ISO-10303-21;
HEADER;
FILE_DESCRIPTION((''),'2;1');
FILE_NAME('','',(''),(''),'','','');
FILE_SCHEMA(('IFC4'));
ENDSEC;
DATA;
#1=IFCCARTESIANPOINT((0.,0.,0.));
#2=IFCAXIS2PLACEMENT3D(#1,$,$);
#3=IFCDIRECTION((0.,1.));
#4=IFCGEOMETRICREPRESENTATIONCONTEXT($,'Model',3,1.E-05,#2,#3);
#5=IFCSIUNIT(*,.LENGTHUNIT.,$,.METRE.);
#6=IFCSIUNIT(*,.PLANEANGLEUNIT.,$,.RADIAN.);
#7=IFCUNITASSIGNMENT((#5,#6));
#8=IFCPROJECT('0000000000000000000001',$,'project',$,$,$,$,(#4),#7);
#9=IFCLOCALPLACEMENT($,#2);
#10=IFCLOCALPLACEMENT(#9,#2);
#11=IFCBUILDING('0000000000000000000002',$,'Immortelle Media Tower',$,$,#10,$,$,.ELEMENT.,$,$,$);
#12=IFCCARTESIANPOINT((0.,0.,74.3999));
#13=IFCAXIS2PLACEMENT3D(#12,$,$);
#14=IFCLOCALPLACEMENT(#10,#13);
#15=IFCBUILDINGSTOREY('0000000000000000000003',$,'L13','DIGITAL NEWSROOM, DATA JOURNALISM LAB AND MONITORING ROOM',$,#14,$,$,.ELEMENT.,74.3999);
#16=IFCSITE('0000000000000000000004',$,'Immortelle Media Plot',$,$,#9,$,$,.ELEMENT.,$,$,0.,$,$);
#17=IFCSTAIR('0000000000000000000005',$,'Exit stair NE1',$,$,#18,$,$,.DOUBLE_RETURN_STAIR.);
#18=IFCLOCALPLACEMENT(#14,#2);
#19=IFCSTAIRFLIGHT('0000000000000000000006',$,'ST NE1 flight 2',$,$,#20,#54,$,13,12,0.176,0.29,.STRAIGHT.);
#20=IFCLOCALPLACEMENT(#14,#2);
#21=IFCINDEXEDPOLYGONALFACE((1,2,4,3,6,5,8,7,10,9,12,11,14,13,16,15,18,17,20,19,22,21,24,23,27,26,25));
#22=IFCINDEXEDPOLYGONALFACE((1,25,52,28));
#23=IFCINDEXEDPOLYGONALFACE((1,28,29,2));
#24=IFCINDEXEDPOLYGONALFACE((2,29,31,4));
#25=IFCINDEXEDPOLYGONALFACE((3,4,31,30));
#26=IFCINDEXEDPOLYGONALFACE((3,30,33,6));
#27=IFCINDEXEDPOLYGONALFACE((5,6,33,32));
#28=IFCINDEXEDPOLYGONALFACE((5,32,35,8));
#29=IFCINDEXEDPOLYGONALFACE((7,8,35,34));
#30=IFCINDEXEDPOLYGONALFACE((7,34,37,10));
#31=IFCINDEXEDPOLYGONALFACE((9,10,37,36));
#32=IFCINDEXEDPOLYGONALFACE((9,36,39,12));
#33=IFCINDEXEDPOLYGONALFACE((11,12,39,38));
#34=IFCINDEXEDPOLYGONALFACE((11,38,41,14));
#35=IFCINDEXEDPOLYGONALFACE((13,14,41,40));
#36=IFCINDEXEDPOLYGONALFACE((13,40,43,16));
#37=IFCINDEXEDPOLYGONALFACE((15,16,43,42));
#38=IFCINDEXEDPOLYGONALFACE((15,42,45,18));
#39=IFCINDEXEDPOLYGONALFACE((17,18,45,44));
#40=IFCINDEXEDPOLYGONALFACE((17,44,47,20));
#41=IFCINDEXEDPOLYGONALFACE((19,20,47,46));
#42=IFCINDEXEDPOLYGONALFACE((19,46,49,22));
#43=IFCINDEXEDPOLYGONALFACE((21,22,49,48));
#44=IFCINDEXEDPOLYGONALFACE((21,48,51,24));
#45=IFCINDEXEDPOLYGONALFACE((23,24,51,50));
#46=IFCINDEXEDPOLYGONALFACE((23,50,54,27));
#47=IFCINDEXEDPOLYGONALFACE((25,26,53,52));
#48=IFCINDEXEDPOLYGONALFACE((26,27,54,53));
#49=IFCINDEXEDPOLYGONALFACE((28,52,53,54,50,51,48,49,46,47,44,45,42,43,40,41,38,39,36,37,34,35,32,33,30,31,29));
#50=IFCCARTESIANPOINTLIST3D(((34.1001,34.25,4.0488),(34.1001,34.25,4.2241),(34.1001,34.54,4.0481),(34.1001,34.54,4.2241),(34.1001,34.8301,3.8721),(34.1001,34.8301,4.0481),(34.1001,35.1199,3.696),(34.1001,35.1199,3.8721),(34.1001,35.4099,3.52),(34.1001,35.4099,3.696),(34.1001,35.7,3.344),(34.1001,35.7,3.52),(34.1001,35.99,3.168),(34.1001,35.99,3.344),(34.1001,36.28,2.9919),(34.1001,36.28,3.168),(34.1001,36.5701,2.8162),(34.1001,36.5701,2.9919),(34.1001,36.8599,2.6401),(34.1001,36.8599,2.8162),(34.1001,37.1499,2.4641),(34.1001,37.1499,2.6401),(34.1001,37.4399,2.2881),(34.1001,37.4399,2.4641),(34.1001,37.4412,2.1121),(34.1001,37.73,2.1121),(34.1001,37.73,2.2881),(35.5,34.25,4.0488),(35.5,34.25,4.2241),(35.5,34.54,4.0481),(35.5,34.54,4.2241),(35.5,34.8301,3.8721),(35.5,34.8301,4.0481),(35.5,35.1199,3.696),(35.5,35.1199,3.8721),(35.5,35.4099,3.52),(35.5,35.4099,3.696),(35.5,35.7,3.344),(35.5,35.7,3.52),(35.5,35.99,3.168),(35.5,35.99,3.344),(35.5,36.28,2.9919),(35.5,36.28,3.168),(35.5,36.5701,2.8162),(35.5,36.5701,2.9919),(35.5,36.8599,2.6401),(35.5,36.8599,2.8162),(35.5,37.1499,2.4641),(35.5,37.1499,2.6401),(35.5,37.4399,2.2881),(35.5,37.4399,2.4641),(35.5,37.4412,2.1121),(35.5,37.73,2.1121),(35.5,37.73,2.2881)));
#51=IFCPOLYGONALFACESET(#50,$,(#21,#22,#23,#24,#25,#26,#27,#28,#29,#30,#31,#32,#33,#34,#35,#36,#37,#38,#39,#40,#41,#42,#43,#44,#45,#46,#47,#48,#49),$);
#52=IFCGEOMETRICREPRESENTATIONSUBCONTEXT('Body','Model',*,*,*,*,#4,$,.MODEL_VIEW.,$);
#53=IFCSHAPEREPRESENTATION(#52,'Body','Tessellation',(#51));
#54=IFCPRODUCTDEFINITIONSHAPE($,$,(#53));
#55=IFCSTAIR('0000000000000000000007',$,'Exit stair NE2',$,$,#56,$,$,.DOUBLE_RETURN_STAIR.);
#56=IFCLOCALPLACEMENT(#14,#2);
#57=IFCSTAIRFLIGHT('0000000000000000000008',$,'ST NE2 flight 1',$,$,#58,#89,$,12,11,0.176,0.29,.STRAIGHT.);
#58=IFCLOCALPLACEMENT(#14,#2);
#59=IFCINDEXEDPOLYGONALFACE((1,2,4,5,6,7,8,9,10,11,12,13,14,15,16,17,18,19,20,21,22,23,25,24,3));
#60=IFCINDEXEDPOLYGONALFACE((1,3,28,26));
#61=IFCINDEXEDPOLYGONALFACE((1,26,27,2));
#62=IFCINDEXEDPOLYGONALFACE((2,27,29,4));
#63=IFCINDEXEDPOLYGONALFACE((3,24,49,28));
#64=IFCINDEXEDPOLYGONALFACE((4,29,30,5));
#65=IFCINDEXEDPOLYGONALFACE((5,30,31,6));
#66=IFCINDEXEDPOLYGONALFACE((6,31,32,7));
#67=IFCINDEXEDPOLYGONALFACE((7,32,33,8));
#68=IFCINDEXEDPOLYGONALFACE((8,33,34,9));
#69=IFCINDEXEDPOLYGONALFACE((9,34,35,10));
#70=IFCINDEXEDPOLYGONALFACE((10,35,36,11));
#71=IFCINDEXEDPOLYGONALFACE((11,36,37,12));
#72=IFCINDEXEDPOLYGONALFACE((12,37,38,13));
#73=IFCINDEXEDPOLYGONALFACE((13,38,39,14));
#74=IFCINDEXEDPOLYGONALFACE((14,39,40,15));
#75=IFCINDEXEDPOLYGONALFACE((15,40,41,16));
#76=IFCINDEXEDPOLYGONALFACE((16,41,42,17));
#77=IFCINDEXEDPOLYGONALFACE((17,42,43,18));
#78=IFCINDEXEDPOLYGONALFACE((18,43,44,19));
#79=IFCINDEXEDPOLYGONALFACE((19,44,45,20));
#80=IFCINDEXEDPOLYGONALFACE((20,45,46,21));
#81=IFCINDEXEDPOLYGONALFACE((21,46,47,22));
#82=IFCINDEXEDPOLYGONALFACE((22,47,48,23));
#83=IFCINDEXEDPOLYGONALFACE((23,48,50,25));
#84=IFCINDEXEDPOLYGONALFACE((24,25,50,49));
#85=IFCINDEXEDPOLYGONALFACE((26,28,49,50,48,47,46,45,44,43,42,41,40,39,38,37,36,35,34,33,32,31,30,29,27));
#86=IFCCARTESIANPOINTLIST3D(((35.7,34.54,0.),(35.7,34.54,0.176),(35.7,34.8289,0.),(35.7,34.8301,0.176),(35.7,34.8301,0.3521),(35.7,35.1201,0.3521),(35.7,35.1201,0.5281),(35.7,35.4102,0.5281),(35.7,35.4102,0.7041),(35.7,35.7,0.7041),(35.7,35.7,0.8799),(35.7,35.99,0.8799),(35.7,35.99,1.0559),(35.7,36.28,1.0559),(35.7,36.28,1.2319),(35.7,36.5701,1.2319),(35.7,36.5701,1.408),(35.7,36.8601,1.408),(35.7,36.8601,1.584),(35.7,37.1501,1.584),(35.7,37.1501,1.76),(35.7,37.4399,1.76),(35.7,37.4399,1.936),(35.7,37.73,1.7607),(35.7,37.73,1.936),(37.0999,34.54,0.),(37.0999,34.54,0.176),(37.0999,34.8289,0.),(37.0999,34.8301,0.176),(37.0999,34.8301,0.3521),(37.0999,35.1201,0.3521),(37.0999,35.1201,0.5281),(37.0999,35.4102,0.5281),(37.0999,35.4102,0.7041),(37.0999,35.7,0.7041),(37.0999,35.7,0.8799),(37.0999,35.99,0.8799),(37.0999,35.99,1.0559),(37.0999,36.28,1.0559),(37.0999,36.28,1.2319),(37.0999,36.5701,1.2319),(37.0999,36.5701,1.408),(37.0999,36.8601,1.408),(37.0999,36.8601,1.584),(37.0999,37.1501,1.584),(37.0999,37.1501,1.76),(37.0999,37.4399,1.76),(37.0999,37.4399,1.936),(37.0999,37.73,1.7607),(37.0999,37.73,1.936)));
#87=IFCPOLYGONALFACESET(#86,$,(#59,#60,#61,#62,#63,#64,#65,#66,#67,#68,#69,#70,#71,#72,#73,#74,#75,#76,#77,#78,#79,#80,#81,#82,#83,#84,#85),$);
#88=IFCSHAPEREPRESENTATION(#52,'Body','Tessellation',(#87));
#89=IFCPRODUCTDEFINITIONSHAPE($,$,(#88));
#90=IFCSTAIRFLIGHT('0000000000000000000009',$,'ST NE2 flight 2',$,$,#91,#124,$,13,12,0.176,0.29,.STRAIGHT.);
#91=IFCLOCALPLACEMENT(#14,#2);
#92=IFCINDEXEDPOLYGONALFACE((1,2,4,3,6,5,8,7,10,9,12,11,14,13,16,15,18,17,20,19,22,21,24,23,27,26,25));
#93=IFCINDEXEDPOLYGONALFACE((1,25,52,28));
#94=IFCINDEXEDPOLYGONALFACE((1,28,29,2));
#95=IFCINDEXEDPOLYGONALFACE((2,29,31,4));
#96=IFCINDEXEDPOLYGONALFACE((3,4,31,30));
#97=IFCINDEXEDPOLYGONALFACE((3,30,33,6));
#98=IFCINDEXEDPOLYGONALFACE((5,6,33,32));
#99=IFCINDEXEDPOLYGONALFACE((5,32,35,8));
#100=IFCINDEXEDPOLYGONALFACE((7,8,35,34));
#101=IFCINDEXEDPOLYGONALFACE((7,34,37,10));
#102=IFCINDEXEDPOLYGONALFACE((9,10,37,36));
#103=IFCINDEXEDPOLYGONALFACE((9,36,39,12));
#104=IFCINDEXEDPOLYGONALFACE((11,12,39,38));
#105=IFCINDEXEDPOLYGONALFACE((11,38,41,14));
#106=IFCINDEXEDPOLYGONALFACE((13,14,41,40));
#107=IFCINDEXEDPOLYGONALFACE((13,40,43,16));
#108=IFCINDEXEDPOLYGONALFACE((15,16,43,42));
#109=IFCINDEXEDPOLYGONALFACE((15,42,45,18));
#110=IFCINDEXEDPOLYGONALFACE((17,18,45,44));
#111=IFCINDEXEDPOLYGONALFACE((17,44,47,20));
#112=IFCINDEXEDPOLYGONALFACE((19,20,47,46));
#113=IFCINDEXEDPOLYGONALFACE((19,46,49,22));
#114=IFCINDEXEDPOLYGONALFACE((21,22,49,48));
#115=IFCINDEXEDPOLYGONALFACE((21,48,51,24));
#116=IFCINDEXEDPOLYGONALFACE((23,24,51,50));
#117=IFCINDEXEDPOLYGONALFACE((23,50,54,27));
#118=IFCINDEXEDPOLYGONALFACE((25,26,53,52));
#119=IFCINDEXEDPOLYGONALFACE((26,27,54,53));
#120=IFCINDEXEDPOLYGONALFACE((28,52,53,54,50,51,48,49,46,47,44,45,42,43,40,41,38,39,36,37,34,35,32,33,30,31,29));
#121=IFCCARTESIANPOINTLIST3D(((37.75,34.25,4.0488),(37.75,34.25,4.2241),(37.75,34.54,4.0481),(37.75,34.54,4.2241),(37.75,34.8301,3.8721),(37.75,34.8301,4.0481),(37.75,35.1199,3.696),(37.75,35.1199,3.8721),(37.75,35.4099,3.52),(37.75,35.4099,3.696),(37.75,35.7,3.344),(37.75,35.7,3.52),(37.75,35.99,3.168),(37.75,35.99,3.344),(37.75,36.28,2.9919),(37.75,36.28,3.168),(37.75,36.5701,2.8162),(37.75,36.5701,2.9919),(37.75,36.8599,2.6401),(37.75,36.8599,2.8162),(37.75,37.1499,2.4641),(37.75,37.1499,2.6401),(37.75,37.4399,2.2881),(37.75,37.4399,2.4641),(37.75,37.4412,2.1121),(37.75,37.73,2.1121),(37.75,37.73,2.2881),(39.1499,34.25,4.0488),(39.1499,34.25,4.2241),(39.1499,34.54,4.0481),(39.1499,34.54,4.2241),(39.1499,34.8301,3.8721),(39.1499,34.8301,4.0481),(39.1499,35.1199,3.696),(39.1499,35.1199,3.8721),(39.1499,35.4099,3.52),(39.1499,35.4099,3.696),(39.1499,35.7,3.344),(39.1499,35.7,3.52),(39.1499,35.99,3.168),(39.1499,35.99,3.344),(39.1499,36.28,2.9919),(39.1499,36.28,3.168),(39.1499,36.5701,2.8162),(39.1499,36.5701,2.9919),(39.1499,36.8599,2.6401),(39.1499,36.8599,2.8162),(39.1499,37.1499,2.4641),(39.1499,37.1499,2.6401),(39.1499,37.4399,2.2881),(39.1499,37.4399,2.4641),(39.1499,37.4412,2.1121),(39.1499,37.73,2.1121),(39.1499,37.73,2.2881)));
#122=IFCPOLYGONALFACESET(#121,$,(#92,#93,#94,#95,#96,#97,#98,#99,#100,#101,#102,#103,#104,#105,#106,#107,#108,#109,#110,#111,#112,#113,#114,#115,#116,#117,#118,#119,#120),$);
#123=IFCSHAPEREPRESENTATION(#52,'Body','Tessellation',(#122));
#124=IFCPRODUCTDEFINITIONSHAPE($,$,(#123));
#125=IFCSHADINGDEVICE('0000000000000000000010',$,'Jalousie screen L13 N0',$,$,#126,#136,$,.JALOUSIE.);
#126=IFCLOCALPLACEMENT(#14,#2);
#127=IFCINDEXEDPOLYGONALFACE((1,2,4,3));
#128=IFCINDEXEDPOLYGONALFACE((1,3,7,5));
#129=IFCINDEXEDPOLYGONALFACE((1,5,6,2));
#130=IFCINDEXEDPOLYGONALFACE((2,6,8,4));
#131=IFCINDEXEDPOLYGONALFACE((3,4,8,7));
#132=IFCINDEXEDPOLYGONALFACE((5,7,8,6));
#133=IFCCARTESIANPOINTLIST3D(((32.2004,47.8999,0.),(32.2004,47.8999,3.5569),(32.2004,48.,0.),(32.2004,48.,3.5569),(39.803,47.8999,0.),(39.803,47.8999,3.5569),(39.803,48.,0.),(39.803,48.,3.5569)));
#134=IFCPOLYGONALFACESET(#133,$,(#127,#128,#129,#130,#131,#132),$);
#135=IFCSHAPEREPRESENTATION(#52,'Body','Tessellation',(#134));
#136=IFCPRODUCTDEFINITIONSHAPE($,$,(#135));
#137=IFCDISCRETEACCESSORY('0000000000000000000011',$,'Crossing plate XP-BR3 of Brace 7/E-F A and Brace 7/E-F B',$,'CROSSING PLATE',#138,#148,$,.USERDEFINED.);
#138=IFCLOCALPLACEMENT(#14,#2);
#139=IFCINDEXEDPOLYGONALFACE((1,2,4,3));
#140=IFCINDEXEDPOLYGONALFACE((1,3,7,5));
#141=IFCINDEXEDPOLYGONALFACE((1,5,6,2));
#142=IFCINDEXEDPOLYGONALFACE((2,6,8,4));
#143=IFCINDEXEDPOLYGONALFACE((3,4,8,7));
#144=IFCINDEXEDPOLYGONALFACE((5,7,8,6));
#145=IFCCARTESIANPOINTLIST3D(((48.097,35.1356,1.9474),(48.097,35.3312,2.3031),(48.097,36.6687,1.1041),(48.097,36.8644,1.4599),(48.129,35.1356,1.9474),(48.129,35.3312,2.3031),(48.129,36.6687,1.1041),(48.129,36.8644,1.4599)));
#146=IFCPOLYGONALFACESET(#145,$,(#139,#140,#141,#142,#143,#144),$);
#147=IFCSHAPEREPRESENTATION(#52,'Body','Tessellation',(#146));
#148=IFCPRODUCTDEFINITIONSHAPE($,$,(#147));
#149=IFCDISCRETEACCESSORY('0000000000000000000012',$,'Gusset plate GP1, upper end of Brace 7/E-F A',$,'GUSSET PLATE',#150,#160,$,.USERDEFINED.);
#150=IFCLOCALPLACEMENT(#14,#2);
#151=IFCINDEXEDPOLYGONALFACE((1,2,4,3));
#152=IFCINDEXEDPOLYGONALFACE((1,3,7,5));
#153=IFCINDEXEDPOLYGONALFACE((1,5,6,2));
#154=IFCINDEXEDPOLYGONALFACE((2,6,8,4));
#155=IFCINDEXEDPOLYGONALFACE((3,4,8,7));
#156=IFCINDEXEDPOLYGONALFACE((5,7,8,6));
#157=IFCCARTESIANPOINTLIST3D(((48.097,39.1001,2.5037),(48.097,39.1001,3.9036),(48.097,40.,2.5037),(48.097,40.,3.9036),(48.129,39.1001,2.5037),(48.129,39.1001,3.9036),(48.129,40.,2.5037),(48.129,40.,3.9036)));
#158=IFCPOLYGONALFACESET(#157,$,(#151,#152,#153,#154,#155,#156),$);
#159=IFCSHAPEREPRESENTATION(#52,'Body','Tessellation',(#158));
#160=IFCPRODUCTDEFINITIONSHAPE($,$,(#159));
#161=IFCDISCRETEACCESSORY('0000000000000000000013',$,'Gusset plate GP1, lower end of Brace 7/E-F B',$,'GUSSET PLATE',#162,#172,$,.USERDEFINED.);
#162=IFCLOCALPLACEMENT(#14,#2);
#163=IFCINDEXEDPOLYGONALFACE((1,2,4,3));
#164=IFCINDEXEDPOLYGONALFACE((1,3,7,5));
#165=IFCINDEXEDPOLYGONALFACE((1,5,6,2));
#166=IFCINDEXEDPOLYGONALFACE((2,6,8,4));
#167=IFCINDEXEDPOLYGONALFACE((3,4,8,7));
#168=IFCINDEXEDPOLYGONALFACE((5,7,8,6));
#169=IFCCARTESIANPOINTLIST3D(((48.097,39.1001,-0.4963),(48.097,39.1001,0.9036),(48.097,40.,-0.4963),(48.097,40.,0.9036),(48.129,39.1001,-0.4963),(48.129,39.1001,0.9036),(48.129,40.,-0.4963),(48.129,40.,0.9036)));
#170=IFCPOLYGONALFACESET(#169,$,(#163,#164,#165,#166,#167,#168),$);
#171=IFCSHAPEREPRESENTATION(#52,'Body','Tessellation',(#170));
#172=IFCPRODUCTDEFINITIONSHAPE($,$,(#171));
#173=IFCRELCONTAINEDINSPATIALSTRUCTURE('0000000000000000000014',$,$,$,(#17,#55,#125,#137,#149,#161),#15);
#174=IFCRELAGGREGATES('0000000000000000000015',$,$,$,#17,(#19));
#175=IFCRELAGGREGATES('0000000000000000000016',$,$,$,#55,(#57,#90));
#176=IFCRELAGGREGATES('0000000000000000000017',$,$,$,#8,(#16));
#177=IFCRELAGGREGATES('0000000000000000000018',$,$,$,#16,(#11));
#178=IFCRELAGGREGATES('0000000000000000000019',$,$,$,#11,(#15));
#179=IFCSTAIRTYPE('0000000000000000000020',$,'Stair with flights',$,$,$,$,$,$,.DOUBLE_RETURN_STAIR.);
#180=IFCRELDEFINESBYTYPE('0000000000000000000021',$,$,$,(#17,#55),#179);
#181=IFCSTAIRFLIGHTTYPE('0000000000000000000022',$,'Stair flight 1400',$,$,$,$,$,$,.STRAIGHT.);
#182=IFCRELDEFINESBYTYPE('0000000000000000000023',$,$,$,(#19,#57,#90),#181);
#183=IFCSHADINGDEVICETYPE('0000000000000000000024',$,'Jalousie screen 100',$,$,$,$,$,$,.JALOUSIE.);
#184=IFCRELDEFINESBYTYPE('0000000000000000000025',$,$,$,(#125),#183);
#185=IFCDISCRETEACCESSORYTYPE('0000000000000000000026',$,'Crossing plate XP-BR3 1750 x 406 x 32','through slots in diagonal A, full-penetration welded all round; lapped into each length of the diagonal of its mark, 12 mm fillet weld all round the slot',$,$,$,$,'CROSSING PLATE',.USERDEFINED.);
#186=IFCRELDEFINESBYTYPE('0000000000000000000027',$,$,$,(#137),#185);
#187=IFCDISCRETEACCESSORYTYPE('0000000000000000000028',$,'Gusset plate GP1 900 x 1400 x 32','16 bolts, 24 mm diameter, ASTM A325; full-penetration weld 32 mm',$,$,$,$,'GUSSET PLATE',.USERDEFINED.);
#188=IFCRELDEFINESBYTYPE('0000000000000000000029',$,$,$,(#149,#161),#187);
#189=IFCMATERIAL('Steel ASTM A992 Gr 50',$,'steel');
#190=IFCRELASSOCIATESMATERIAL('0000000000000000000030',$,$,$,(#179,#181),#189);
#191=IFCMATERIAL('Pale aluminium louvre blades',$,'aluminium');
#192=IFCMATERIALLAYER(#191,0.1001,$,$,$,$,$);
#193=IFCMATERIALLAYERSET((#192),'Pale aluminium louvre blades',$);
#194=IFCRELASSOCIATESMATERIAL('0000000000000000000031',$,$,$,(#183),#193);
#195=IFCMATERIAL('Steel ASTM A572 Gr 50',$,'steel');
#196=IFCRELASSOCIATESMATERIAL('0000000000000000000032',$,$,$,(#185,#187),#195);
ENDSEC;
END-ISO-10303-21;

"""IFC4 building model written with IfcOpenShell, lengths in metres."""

from ifc_helpers import new_model, si_unit, direction, frame, origin, origin_2d, place, context, subcontext, project, spatial, polyline, rectangle, outline, extrude, material, layer, layer_set, material_profile, profile_set, type_object, element, aggregate, save


model = new_model("IFC4")

# Units and contexts
model_context = context("Model", 3, precision=1e-05, world=origin(), true_north=direction((0.0, 1.0)))
body_context = subcontext(model_context, "Body", "Model", "MODEL_VIEW")
ifc_project = project(units=[si_unit("LENGTHUNIT", "METRE"), si_unit("PLANEANGLEUNIT", "RADIAN")], contexts=[model_context])

# Site, building, storey
site_placement = place(None, origin())
site = spatial("IfcSite", under=ifc_project, at=site_placement, Name="Immortelle Media Plot", CompositionType="ELEMENT", RefElevation=0.0)
building_placement = place(site_placement, origin())
building = spatial("IfcBuilding", under=site, at=building_placement, Name="Immortelle Media Tower", CompositionType="ELEMENT")
storey_placement = place(building_placement, frame((0.0, 0.0, 74.3999)))
storey = spatial("IfcBuildingStorey", under=building, at=storey_placement, Name="L13", Description="DIGITAL NEWSROOM, DATA JOURNALISM LAB AND MONITORING ROOM", CompositionType="ELEMENT", Elevation=74.3999)

# Shared definitions
ifc_material_1 = material(Name="Steel ASTM A992 Gr 50", Category="steel")

# Stair, stair flight
stair_type = type_object("IfcStairType", Name="Stair with flights", PredefinedType="DOUBLE_RETURN_STAIR", material=ifc_material_1)
stair_1_placement = place(storey_placement, origin())
stair_1 = element("IfcStair", 1, at=stair_1_placement, inside=storey, type_object=stair_type, Name="Exit stair NE1", PredefinedType="DOUBLE_RETURN_STAIR")
stair_flight_type = type_object("IfcStairFlightType", Name="Stair flight 1400", PredefinedType="STRAIGHT", material=ifc_material_1)
stair_flight_1_placement = place(storey_placement, frame((34.8, 37.73, 2.1121), z_axis=(0.0, 0.0, 1.0), x_axis=(0.0, -1.0, 0.0)))
stair_flight_1 = element("IfcStairFlight", 2, at=stair_flight_1_placement, type_object=stair_flight_type, Name="ST NE1 flight 2", NumberOfRisers=13, NumberOfTreads=12, PredefinedType="STRAIGHT", RiserHeight=0.176, TreadLength=0.29, context=body_context, shape_type="SweptSolid", body=[
    extrude(outline(polyline([(0.0, 0.0), (0.0, 0.176), (0.29, 0.176), (0.29, 0.3521), (0.5801, 0.3521), (0.5801, 0.5281), (0.8701, 0.5281), (0.8701, 0.7041), (1.1599, 0.7041), (1.1599, 0.8799), (1.45, 0.8799), (1.45, 1.0559), (1.74, 1.0559), (1.74, 1.2319), (2.03, 1.2319), (2.03, 1.408), (2.3201, 1.408), (2.3201, 1.584), (2.6101, 1.584), (2.6101, 1.76), (2.8999, 1.76), (2.8999, 1.936), (3.1899, 1.936), (3.1899, 2.1121), (3.48, 2.1121), (3.48, 2.2881), (3.48, 1.9368), (0.2888, 0.0), (0.0, 0.0)])), frame((0.0, 0.7, 0.0), z_axis=(0.0, -1.0, 0.0), x_axis=(1.0, 0.0, 0.0)), (0.0, 0.0, 1.0), 1.3999),
])
aggregate(stair_1, [stair_flight_1])

# Stair, stair flights
stair_2_placement = place(storey_placement, origin())
stair_2 = element("IfcStair", 3, at=stair_2_placement, inside=storey, type_object=stair_type, Name="Exit stair NE2", PredefinedType="DOUBLE_RETURN_STAIR")
stair_flight_2_placement = place(storey_placement, frame((36.3999, 34.54, 0.0), z_axis=(0.0, 0.0, 1.0), x_axis=(0.0, 1.0, 0.0)))
stair_flight_2 = element("IfcStairFlight", 4, at=stair_flight_2_placement, type_object=stair_flight_type, Name="ST NE2 flight 1", NumberOfRisers=12, NumberOfTreads=11, PredefinedType="STRAIGHT", RiserHeight=0.176, TreadLength=0.29, context=body_context, shape_type="SweptSolid", body=[
    extrude(outline(polyline([(0.0, 0.0), (0.0, 0.176), (0.29, 0.176), (0.29, 0.3521), (0.5801, 0.3521), (0.5801, 0.5281), (0.8701, 0.5281), (0.8701, 0.7041), (1.1599, 0.7041), (1.1599, 0.8799), (1.45, 0.8799), (1.45, 1.0559), (1.74, 1.0559), (1.74, 1.2319), (2.03, 1.2319), (2.03, 1.408), (2.3201, 1.408), (2.3201, 1.584), (2.6101, 1.584), (2.6101, 1.76), (2.8999, 1.76), (2.8999, 1.936), (3.1899, 1.936), (3.1899, 2.1121), (3.1899, 1.7607), (0.2888, 0.0), (0.0, 0.0)])), frame((0.0, 0.7, 0.0), z_axis=(0.0, -1.0, 0.0), x_axis=(1.0, 0.0, 0.0)), (0.0, 0.0, 1.0), 1.3999),
])
stair_flight_3_placement = place(storey_placement, frame((38.45, 37.73, 2.1121), z_axis=(0.0, 0.0, 1.0), x_axis=(0.0, -1.0, 0.0)))
stair_flight_3 = element("IfcStairFlight", 5, at=stair_flight_3_placement, type_object=stair_flight_type, Name="ST NE2 flight 2", NumberOfRisers=13, NumberOfTreads=12, PredefinedType="STRAIGHT", RiserHeight=0.176, TreadLength=0.29, context=body_context, shape_type="SweptSolid", body=[
    extrude(outline(polyline([(0.0, 0.0), (0.0, 0.176), (0.29, 0.176), (0.29, 0.3521), (0.5801, 0.3521), (0.5801, 0.5281), (0.8701, 0.5281), (0.8701, 0.7041), (1.1599, 0.7041), (1.1599, 0.8799), (1.45, 0.8799), (1.45, 1.0559), (1.74, 1.0559), (1.74, 1.2319), (2.03, 1.2319), (2.03, 1.408), (2.3201, 1.408), (2.3201, 1.584), (2.6101, 1.584), (2.6101, 1.76), (2.8999, 1.76), (2.8999, 1.936), (3.1899, 1.936), (3.1899, 2.1121), (3.48, 2.1121), (3.48, 2.2881), (3.48, 1.9368), (0.2888, 0.0), (0.0, 0.0)])), frame((0.0, 0.7, 0.0), z_axis=(0.0, -1.0, 0.0), x_axis=(1.0, 0.0, 0.0)), (0.0, 0.0, 1.0), 1.3999),
])
aggregate(stair_2, [stair_flight_2, stair_flight_3])

# Shading device
ifc_material_2 = material(Name="Pale aluminium louvre blades", Category="aluminium")
ifc_layer_1 = layer(ifc_material_2, 0.1001)
ifc_layer_set_1 = layer_set([ifc_layer_1], Name="Pale aluminium louvre blades")
shading_device_type = type_object("IfcShadingDeviceType", Name="Jalousie screen 100", PredefinedType="JALOUSIE", material=ifc_layer_set_1)
shading_device_placement = place(storey_placement, frame((36.0017, 47.95, 0.0), z_axis=(0.0, 0.0, 1.0), x_axis=(-1.0, 0.0, 0.0)))
element("IfcShadingDevice", 6, at=shading_device_placement, inside=storey, type_object=shading_device_type, Name="Jalousie screen L13 N0", PredefinedType="JALOUSIE", context=body_context, shape_type="SweptSolid", body=[
    extrude(rectangle(XDim=7.6025, YDim=0.1001, at=origin_2d()), origin(), (0.0, 0.0, 1.0), 3.5569),
])

# Discrete accessories
ifc_material_3 = material(Name="Steel ASTM A572 Gr 50", Category="steel")
ifc_material_profile_1 = material_profile(ifc_material_3, rectangle(XDim=0.032, YDim=0.406, at=origin_2d()), Name="PL 32 x 406")
ifc_profile_set_1 = profile_set([ifc_material_profile_1], Name="Steel ASTM A572 Gr 50")
discrete_accessory_type_1 = type_object("IfcDiscreteAccessoryType", Name="Crossing plate XP-BR3 1750 x 406 x 32", Description="through slots in diagonal A, full-penetration welded all round; lapped into each length of the diagonal of its mark, 12 mm fillet weld all round the slot", ElementType="CROSSING PLATE", PredefinedType="USERDEFINED", material=ifc_profile_set_1)
discrete_accessory_placement = place(storey_placement, frame((48.113, 35.2334, 2.1252), z_axis=(0.0, 0.876216, -0.481919), x_axis=(-1.0, 0.0, 0.0)))
element("IfcDiscreteAccessory", 7, at=discrete_accessory_placement, inside=storey, type_object=discrete_accessory_type_1, Name="Crossing plate XP-BR3 of Brace 7/E-F A and Brace 7/E-F B", ObjectType="CROSSING PLATE", PredefinedType="USERDEFINED", context=body_context, shape_type="SweptSolid", body=[
    extrude(rectangle(XDim=0.032, YDim=0.406, at=origin_2d()), origin(), (0.0, 0.0, 1.0), 1.7498),
])
ifc_material_profile_2 = material_profile(ifc_material_3, rectangle(XDim=0.032, YDim=1.3999, at=origin_2d()), Name="PL 32 x 1400")
ifc_profile_set_2 = profile_set([ifc_material_profile_2], Name="Steel ASTM A572 Gr 50")
discrete_accessory_type_2 = type_object("IfcDiscreteAccessoryType", Name="Gusset plate GP1 900 x 1400 x 32", Description="16 bolts, 24 mm diameter, ASTM A325; full-penetration weld 32 mm", ElementType="GUSSET PLATE", PredefinedType="USERDEFINED", material=ifc_profile_set_2)
for number, where, z_axis, x_axis, name in (
    (8, (48.113, 40.0, 3.2036), (0.0, -1.0, 0.0), (1.0, 0.0, 0.0), "Gusset plate GP1, upper end of Brace 7/E-F A"),
    (9, (48.113, 40.0, 0.2036), (0.0, -1.0, 0.0), (1.0, 0.0, 0.0), "Gusset plate GP1, lower end of Brace 7/E-F B"),
):
    element("IfcDiscreteAccessory", number, at=place(storey_placement, frame(where, z_axis=z_axis, x_axis=x_axis)), inside=storey, type_object=discrete_accessory_type_2, Name=name, ObjectType="GUSSET PLATE", PredefinedType="USERDEFINED", context=body_context, shape_type="SweptSolid", body=[
        extrude(rectangle(XDim=0.032, YDim=1.3999, at=origin_2d()), origin(), (0.0, 0.0, 1.0), 0.8999),
    ])

save(model, "model.ifc")
